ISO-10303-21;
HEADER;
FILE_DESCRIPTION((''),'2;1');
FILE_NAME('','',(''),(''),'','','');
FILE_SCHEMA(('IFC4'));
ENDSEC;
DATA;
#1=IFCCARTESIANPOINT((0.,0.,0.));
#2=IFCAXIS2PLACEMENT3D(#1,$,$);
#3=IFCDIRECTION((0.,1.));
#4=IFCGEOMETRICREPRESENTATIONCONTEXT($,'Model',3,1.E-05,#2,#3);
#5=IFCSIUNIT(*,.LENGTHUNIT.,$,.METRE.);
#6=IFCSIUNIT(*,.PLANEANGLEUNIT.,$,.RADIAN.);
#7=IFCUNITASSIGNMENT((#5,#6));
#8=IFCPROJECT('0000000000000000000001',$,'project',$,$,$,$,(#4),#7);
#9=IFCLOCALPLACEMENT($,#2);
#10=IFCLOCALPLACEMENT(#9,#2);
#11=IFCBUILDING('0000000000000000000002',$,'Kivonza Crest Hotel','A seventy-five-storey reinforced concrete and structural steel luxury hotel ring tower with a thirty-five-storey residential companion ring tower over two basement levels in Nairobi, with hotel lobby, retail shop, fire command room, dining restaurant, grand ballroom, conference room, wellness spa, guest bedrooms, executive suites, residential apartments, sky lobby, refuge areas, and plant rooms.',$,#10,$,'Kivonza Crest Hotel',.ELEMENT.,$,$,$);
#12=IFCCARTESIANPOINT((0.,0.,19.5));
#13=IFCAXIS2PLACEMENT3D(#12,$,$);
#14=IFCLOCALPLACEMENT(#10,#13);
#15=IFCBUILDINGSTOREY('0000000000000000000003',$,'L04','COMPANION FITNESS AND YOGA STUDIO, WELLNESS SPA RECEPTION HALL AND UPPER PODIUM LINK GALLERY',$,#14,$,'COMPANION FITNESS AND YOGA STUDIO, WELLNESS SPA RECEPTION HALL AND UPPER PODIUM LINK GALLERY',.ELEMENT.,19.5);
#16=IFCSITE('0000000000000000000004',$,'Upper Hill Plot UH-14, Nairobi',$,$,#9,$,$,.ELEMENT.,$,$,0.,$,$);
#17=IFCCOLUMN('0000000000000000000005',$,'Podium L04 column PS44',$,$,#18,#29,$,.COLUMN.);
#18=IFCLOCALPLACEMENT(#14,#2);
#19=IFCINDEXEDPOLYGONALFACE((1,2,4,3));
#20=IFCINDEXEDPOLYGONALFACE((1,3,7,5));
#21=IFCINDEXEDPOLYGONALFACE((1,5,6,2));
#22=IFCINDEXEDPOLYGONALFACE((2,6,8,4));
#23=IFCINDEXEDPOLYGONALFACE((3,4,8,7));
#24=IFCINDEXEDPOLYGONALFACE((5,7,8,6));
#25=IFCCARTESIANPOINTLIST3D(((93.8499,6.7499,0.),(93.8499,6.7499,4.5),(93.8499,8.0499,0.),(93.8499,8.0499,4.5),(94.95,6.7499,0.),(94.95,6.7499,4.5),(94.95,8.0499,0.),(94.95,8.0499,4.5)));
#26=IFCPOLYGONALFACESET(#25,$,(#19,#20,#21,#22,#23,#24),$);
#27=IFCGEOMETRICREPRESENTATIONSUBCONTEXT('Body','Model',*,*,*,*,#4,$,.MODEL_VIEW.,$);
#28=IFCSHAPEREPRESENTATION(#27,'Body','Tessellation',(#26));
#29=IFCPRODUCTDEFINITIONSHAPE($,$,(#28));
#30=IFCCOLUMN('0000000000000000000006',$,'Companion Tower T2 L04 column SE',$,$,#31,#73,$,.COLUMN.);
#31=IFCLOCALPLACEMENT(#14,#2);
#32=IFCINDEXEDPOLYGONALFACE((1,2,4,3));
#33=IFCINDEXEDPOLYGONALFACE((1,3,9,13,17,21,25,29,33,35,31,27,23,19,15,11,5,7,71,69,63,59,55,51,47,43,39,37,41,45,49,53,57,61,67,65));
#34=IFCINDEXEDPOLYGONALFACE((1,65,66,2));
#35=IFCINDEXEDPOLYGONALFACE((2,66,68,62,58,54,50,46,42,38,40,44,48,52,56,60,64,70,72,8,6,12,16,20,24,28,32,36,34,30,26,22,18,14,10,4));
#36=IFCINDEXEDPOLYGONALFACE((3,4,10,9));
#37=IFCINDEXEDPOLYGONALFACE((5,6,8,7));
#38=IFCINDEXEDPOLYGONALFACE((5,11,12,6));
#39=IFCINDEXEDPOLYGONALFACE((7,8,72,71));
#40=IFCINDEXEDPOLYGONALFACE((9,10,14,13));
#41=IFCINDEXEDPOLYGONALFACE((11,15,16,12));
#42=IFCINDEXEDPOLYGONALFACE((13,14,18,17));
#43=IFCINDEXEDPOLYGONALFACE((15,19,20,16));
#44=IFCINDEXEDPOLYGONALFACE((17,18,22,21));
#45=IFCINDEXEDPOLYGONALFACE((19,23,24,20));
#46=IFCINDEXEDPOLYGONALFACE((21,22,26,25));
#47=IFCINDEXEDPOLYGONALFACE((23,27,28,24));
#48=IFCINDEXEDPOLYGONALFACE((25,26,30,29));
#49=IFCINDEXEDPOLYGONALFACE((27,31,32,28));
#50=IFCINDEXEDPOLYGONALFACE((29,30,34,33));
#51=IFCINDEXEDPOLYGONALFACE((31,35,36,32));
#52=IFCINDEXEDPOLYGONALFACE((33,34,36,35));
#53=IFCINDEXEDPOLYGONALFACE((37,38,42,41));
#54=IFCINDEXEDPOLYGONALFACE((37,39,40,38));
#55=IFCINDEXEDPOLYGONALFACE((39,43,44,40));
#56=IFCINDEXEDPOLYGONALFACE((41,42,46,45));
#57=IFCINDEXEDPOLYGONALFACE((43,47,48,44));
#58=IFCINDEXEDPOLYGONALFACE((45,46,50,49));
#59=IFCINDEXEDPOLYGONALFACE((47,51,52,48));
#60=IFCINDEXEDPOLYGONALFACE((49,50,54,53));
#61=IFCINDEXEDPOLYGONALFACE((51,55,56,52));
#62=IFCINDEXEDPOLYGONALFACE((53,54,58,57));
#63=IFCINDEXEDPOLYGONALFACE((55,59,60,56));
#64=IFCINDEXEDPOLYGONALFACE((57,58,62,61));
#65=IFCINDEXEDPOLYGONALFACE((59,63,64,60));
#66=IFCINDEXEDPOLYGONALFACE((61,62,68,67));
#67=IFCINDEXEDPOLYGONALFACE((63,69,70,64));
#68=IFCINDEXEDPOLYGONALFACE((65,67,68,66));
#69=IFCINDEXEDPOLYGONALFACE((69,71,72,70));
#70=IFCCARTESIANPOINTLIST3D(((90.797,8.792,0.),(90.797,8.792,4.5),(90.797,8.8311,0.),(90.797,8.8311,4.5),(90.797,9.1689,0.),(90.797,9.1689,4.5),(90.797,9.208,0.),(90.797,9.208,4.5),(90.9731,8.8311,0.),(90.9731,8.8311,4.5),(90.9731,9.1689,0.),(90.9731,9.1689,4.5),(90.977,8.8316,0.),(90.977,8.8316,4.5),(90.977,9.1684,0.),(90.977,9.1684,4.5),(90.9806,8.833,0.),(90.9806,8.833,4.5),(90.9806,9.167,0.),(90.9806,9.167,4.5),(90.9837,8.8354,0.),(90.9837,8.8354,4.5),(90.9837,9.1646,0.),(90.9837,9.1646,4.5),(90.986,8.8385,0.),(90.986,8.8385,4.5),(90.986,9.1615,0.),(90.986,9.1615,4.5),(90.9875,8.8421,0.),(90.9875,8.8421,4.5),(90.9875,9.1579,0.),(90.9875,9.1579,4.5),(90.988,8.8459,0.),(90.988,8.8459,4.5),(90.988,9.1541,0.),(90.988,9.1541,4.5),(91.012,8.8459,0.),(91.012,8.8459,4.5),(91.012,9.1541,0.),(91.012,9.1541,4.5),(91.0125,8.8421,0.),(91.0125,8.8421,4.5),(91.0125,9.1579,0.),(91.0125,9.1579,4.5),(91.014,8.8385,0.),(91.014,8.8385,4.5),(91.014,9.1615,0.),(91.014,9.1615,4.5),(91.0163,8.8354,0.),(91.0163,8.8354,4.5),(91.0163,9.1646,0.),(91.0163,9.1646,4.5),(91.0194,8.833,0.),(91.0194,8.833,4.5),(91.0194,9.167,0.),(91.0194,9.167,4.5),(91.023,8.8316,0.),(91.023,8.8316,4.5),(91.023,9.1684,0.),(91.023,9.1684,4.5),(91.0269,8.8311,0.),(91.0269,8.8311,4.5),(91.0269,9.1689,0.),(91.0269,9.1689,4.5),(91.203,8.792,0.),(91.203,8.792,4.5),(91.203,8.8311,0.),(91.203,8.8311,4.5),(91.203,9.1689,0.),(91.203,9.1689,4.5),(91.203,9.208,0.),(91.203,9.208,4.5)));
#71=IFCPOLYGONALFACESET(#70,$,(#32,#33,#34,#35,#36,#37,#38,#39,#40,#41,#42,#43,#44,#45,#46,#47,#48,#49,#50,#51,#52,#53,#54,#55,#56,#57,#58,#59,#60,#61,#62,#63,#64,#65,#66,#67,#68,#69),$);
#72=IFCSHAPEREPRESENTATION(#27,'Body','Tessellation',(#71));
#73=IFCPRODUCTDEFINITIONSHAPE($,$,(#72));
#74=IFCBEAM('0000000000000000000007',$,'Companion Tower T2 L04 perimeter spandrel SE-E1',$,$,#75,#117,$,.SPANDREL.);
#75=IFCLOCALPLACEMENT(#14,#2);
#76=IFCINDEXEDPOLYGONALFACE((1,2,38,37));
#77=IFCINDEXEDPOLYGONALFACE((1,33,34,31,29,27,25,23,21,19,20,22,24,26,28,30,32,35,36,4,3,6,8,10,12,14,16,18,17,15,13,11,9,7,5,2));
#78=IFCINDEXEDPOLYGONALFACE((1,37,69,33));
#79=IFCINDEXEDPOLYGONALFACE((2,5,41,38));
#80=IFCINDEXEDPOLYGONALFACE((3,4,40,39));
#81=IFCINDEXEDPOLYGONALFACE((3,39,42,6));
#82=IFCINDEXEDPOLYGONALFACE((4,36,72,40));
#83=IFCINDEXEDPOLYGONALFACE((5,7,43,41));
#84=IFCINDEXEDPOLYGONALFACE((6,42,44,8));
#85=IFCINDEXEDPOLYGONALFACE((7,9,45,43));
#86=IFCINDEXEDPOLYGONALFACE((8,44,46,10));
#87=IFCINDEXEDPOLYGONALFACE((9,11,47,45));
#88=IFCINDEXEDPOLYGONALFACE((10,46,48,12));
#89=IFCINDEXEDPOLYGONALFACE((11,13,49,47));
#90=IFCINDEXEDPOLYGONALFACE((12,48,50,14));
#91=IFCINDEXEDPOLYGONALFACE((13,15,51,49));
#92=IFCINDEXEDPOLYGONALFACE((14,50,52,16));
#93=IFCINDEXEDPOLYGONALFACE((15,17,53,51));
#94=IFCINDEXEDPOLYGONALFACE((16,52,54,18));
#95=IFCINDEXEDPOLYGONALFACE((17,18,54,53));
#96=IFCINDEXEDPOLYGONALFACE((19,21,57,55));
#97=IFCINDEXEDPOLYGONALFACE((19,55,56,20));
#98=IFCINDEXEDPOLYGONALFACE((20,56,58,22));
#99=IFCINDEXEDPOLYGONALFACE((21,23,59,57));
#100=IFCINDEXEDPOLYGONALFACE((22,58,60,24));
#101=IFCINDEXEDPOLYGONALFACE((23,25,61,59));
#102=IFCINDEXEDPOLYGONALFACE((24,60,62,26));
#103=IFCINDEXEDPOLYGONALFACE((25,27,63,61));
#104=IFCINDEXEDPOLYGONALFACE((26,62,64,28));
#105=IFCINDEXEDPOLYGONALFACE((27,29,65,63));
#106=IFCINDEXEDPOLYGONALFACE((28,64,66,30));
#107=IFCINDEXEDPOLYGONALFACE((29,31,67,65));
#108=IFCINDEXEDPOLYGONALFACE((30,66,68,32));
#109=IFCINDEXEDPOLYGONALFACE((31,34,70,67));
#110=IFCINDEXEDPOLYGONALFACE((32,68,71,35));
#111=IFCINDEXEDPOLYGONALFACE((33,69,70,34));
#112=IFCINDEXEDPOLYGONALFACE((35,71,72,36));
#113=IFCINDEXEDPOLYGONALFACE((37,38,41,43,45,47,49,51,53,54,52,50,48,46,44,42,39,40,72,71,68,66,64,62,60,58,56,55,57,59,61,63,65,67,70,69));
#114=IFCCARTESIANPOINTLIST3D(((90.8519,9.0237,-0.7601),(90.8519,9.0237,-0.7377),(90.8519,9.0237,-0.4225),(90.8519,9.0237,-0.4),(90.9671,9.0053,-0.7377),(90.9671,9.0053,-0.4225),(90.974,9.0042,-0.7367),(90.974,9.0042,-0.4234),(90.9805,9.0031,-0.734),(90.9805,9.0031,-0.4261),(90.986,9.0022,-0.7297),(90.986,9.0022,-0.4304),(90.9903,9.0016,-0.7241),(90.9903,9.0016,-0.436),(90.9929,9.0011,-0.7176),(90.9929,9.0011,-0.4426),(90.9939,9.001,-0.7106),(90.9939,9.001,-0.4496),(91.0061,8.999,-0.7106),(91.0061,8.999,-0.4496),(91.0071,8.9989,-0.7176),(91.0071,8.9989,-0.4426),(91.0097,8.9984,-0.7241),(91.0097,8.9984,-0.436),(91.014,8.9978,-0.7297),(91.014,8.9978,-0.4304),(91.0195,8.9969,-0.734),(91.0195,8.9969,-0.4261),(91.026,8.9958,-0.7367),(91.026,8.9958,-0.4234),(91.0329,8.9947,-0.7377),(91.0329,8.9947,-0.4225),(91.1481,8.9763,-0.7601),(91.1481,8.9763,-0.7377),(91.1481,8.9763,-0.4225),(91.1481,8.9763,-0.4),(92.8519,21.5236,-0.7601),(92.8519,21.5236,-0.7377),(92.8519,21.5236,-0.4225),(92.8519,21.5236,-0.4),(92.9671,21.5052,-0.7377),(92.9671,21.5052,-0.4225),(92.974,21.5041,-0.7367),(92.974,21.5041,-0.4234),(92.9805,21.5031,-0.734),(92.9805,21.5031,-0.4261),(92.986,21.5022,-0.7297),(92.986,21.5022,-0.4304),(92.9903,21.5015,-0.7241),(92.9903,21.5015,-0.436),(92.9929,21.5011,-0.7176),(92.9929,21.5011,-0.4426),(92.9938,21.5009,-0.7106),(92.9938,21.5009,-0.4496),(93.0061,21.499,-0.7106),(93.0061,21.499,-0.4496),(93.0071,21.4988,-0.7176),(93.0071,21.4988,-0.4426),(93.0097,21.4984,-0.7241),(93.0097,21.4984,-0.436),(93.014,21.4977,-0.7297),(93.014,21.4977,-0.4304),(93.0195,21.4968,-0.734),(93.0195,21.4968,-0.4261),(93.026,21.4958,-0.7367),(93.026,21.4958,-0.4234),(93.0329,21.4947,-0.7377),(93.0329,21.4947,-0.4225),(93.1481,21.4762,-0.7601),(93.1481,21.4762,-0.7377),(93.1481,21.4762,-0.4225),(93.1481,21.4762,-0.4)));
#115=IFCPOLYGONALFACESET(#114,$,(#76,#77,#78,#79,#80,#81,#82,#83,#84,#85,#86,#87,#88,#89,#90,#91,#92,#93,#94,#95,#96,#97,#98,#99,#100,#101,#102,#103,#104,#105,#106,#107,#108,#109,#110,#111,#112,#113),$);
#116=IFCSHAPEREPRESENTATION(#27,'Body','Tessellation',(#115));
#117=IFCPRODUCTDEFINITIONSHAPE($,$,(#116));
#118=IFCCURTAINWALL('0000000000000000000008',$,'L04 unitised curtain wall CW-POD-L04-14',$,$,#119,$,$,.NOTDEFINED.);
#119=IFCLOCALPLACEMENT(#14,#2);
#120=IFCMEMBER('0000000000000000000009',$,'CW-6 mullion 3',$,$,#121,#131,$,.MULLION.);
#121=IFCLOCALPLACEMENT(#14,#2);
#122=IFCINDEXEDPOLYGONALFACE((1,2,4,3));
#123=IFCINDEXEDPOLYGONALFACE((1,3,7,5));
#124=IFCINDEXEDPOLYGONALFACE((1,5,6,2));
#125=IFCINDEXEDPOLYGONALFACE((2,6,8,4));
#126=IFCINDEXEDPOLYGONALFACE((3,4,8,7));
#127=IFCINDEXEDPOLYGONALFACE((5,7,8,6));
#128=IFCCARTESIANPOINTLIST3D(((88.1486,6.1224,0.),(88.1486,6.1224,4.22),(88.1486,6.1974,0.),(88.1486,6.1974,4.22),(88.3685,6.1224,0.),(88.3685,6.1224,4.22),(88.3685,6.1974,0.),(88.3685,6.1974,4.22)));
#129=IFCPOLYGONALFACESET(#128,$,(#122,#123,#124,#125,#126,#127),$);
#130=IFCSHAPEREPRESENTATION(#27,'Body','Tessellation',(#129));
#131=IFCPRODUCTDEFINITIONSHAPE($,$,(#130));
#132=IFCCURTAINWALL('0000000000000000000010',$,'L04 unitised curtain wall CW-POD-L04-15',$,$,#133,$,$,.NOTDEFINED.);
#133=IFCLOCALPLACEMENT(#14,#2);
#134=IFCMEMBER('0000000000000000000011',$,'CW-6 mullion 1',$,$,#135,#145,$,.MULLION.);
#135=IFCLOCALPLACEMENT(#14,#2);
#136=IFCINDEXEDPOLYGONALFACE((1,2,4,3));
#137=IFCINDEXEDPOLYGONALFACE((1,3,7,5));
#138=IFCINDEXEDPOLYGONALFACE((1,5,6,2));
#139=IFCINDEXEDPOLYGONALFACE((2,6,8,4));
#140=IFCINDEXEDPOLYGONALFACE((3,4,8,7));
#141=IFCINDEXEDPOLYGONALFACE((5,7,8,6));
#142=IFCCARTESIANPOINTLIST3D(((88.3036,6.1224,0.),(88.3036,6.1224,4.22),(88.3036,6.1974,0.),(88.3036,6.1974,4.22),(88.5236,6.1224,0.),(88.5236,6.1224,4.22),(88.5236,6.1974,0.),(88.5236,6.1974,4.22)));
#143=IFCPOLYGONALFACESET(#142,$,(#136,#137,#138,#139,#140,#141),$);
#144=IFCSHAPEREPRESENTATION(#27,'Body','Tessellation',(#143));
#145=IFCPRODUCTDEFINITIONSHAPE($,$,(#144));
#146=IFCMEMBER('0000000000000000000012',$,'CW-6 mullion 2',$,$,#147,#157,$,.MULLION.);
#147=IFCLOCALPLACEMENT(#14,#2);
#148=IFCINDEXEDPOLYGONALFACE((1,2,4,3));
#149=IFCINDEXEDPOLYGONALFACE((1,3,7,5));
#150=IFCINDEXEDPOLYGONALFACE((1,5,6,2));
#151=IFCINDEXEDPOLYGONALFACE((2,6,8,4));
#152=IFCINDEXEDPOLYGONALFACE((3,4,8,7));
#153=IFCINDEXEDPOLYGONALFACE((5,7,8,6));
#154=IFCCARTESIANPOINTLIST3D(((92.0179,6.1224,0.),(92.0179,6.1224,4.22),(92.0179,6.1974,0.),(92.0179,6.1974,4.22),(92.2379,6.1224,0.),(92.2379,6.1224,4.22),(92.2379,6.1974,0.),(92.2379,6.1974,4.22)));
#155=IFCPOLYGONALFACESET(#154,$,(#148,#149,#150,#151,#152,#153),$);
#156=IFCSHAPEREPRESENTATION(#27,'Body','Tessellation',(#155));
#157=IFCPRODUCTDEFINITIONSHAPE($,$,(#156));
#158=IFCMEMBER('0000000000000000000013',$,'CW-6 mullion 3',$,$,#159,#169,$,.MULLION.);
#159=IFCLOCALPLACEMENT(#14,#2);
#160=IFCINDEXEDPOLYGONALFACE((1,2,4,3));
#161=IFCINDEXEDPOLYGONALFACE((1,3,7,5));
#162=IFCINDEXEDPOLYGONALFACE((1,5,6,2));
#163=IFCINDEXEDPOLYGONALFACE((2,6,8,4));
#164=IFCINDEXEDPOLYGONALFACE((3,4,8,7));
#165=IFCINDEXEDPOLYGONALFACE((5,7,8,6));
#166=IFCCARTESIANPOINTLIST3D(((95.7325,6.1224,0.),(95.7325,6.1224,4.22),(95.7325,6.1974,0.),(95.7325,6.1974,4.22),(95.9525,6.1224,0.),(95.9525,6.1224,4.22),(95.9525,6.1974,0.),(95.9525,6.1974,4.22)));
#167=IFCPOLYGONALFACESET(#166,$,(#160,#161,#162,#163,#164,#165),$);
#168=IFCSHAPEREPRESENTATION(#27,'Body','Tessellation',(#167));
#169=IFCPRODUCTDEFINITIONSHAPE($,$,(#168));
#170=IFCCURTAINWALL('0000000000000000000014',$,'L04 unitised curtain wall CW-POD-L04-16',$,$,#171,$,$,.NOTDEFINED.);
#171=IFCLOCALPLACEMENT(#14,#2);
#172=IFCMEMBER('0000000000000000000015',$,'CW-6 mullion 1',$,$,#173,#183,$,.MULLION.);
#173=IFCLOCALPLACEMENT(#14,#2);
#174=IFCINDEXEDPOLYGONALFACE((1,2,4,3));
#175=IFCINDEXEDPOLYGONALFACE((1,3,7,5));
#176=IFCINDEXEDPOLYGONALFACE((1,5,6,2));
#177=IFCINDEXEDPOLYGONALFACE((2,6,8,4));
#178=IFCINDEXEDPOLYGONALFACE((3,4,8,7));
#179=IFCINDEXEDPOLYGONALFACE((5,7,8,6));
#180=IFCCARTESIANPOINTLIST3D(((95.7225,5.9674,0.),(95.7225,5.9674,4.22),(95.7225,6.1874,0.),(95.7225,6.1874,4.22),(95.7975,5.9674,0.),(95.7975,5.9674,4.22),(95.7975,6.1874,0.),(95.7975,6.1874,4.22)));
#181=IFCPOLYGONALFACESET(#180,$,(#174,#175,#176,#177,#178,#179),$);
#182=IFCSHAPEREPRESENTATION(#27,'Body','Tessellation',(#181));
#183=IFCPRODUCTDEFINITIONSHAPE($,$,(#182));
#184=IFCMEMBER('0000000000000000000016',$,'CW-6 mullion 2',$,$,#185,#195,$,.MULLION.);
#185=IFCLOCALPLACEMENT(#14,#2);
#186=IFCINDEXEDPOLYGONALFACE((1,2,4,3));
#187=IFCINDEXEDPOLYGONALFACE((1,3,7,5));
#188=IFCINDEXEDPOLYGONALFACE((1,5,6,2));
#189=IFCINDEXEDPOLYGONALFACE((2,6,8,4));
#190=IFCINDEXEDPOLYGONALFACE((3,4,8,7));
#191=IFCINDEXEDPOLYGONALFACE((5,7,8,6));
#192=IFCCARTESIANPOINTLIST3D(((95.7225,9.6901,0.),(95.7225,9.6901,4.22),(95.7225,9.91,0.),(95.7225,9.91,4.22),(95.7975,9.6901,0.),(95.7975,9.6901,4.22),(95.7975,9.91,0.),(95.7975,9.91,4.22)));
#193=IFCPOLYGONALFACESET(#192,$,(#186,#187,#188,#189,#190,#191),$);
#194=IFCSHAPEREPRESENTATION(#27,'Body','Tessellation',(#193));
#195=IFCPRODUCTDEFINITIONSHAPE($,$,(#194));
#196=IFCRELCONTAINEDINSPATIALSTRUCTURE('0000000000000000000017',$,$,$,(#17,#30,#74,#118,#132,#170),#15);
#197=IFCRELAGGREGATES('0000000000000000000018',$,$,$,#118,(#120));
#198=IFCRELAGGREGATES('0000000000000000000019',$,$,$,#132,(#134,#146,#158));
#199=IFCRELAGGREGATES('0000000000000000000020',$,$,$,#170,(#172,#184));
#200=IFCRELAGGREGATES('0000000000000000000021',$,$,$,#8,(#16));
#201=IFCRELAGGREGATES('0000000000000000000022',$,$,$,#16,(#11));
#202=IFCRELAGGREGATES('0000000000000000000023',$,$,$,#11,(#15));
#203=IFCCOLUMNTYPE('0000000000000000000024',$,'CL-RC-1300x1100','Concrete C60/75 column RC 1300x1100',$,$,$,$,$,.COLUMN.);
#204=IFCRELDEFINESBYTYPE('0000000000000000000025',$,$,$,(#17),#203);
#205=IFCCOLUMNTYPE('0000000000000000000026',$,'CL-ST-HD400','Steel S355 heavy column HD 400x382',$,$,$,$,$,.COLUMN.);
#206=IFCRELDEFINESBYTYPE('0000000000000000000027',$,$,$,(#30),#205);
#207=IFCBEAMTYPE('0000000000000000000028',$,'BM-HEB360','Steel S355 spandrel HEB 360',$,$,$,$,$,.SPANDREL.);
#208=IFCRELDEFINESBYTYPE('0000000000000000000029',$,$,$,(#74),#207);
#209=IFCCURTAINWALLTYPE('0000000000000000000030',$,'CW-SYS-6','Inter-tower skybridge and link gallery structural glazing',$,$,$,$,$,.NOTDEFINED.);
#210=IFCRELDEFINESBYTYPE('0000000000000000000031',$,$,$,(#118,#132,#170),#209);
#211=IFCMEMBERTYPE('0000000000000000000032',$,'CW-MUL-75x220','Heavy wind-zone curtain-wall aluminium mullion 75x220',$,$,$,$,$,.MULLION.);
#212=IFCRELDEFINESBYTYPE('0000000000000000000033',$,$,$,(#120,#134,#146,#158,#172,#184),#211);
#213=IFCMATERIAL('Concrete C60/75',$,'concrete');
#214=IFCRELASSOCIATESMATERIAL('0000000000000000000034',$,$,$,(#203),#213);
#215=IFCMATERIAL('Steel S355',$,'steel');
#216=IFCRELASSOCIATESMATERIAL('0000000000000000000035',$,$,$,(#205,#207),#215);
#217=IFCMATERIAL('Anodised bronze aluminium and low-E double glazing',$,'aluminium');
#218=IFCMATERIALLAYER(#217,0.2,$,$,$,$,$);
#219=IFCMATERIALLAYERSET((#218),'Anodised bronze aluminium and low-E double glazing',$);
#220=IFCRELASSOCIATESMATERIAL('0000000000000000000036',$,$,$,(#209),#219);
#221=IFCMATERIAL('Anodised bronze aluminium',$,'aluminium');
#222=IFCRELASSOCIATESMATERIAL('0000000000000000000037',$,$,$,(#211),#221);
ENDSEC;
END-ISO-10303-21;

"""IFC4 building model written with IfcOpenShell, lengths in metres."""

from ifc_helpers import new_model, si_unit, direction, frame, origin, origin_2d, place, context, subcontext, project, spatial, rectangle, i_section, extrude, material, layer, layer_set, material_profile, profile_set, type_object, element, aggregate, save


model = new_model("IFC4")

# Units and contexts
model_context = context("Model", 3, precision=1e-05, world=origin(), true_north=direction((0.0, 1.0)))
body_context = subcontext(model_context, "Body", "Model", "MODEL_VIEW")
ifc_project = project(units=[si_unit("LENGTHUNIT", "METRE"), si_unit("PLANEANGLEUNIT", "RADIAN")], contexts=[model_context])

# Site, building, storey
site_placement = place(None, origin())
site = spatial("IfcSite", under=ifc_project, at=site_placement, Name="Upper Hill Plot UH-14, Nairobi", CompositionType="ELEMENT", RefElevation=0.0)
building_placement = place(site_placement, origin())
building = spatial("IfcBuilding", under=site, at=building_placement, Name="Kivonza Crest Hotel", Description="A seventy-five-storey reinforced concrete and structural steel luxury hotel ring tower with a thirty-five-storey residential companion ring tower over two basement levels in Nairobi, with hotel lobby, retail shop, fire command room, dining restaurant, grand ballroom, conference room, wellness spa, guest bedrooms, executive suites, residential apartments, sky lobby, refuge areas, and plant rooms.", LongName="Kivonza Crest Hotel", CompositionType="ELEMENT")
storey_placement = place(building_placement, frame((0.0, 0.0, 19.5)))
storey = spatial("IfcBuildingStorey", under=building, at=storey_placement, Name="L04", Description="COMPANION FITNESS AND YOGA STUDIO, WELLNESS SPA RECEPTION HALL AND UPPER PODIUM LINK GALLERY", LongName="COMPANION FITNESS AND YOGA STUDIO, WELLNESS SPA RECEPTION HALL AND UPPER PODIUM LINK GALLERY", CompositionType="ELEMENT", Elevation=19.5)

# Columns
ifc_material_1 = material(Name="Concrete C60/75", Category="concrete")
ifc_material_profile_1 = material_profile(ifc_material_1, rectangle(XDim=1.1001, YDim=1.3, at=origin_2d()), Name="RC 1300x1100")
ifc_profile_set_1 = profile_set([ifc_material_profile_1], Name="Concrete C60/75")
column_type_1 = type_object("IfcColumnType", Name="CL-RC-1300x1100", Description="Concrete C60/75 column RC 1300x1100", PredefinedType="COLUMN", material=ifc_profile_set_1)
column_1_placement = place(storey_placement, frame((94.3999, 7.3999, 0.0), z_axis=(0.0, 0.0, 1.0), x_axis=(1.0, 0.0, 0.0)))
element("IfcColumn", 1, at=column_1_placement, inside=storey, type_object=column_type_1, Name="Podium L04 column PS44", PredefinedType="COLUMN", context=body_context, shape_type="SweptSolid", body=[
    extrude(rectangle(XDim=1.1001, YDim=1.3, at=origin_2d()), origin(), (0.0, 0.0, 1.0), 4.5),
])
ifc_material_2 = material(Name="Steel S355", Category="steel")
ifc_material_profile_2 = material_profile(ifc_material_2, i_section(OverallWidth=0.406, OverallDepth=0.416, WebThickness=0.0239, FlangeThickness=0.0391, FilletRadius=0.0149, at=origin_2d()), Name="HD 400x382")
ifc_profile_set_2 = profile_set([ifc_material_profile_2], Name="Steel S355")
column_type_2 = type_object("IfcColumnType", Name="CL-ST-HD400", Description="Steel S355 heavy column HD 400x382", PredefinedType="COLUMN", material=ifc_profile_set_2)
column_2_placement = place(storey_placement, frame((91.0, 9.0, 0.0), z_axis=(0.0, 0.0, 1.0), x_axis=(1.0, 0.0, 0.0)))
element("IfcColumn", 2, at=column_2_placement, inside=storey, type_object=column_type_2, Name="Companion Tower T2 L04 column SE", PredefinedType="COLUMN", context=body_context, shape_type="SweptSolid", body=[
    extrude(i_section(OverallWidth=0.406, OverallDepth=0.416, WebThickness=0.0239, FlangeThickness=0.0391, FilletRadius=0.0149, at=origin_2d()), origin(), (0.0, 0.0, 1.0), 4.5),
])

# Beam
ifc_material_profile_3 = material_profile(ifc_material_2, i_section(OverallWidth=0.3, OverallDepth=0.3601, WebThickness=0.0125, FlangeThickness=0.0225, FilletRadius=0.0271, at=origin_2d()), Name="HEB 360")
ifc_profile_set_3 = profile_set([ifc_material_profile_3], Name="Steel S355")
beam_type = type_object("IfcBeamType", Name="BM-HEB360", Description="Steel S355 spandrel HEB 360", PredefinedType="SPANDREL", material=ifc_profile_set_3)
beam_placement = place(storey_placement, frame((91.0, 9.0, -0.5801), z_axis=(0.157991, 0.987441, 0.0), x_axis=(-0.987441, 0.157991, 0.0)))
element("IfcBeam", 3, at=beam_placement, inside=storey, type_object=beam_type, Name="Companion Tower T2 L04 perimeter spandrel SE-E1", PredefinedType="SPANDREL", context=body_context, shape_type="SweptSolid", body=[
    extrude(i_section(OverallWidth=0.3, OverallDepth=0.3601, WebThickness=0.0125, FlangeThickness=0.0225, FilletRadius=0.0271, at=origin_2d()), origin(), (0.0, 0.0, 1.0), 12.6589),
])

# Curtain wall, member
ifc_material_3 = material(Name="Anodised bronze aluminium and low-E double glazing", Category="aluminium")
ifc_layer_1 = layer(ifc_material_3, 0.2)
ifc_layer_set_1 = layer_set([ifc_layer_1], Name="Anodised bronze aluminium and low-E double glazing")
curtain_wall_type = type_object("IfcCurtainWallType", Name="CW-SYS-6", Description="Inter-tower skybridge and link gallery structural glazing", PredefinedType="NOTDEFINED", material=ifc_layer_set_1)
curtain_wall_1_placement = place(storey_placement, origin())
curtain_wall_1 = element("IfcCurtainWall", 4, at=curtain_wall_1_placement, inside=storey, type_object=curtain_wall_type, Name="L04 unitised curtain wall CW-POD-L04-14", PredefinedType="NOTDEFINED")
ifc_material_4 = material(Name="Anodised bronze aluminium", Category="aluminium")
ifc_material_profile_4 = material_profile(ifc_material_4, rectangle(XDim=0.075, YDim=0.22, at=origin_2d()), Name="CW-M 75x220")
ifc_profile_set_4 = profile_set([ifc_material_profile_4], Name="Anodised bronze aluminium")
member_type_1 = type_object("IfcMemberType", Name="CW-MUL-75x220", Description="Heavy wind-zone curtain-wall aluminium mullion 75x220", PredefinedType="MULLION", material=ifc_profile_set_4)
member_1_placement = place(storey_placement, frame((88.2585, 6.1599, 0.0), z_axis=(0.0, 0.0, 1.0), x_axis=(0.0, 1.0, 0.0)))
member_1 = element("IfcMember", 5, at=member_1_placement, type_object=member_type_1, Name="CW-6 mullion 3", PredefinedType="MULLION", context=body_context, shape_type="SweptSolid", body=[
    extrude(rectangle(XDim=0.075, YDim=0.22, at=origin_2d()), origin(), (0.0, 0.0, 1.0), 4.22),
])
aggregate(curtain_wall_1, [member_1])

# Curtain walls, members
curtain_wall_2_placement = place(storey_placement, origin())
curtain_wall_2 = element("IfcCurtainWall", 6, at=curtain_wall_2_placement, inside=storey, type_object=curtain_wall_type, Name="L04 unitised curtain wall CW-POD-L04-15", PredefinedType="NOTDEFINED")
member_2_placement = place(storey_placement, frame((88.4136, 6.1599, 0.0), z_axis=(0.0, 0.0, 1.0), x_axis=(0.0, 1.0, 0.0)))
member_2 = element("IfcMember", 7, at=member_2_placement, type_object=member_type_1, Name="CW-6 mullion 1", PredefinedType="MULLION", context=body_context, shape_type="SweptSolid", body=[
    extrude(rectangle(XDim=0.075, YDim=0.22, at=origin_2d()), origin(), (0.0, 0.0, 1.0), 4.22),
])
member_3_placement = place(storey_placement, frame((92.1279, 6.1599, 0.0), z_axis=(0.0, 0.0, 1.0), x_axis=(0.0, 1.0, 0.0)))
member_3 = element("IfcMember", 8, at=member_3_placement, type_object=member_type_1, Name="CW-6 mullion 2", PredefinedType="MULLION", context=body_context, shape_type="SweptSolid", body=[
    extrude(rectangle(XDim=0.075, YDim=0.22, at=origin_2d()), origin(), (0.0, 0.0, 1.0), 4.22),
])
member_4_placement = place(storey_placement, frame((95.8425, 6.1599, 0.0), z_axis=(0.0, 0.0, 1.0), x_axis=(0.0, 1.0, 0.0)))
member_4 = element("IfcMember", 9, at=member_4_placement, type_object=member_type_1, Name="CW-6 mullion 3", PredefinedType="MULLION", context=body_context, shape_type="SweptSolid", body=[
    extrude(rectangle(XDim=0.075, YDim=0.22, at=origin_2d()), origin(), (0.0, 0.0, 1.0), 4.22),
])
curtain_wall_3_placement = place(storey_placement, origin())
curtain_wall_3 = element("IfcCurtainWall", 10, at=curtain_wall_3_placement, inside=storey, type_object=curtain_wall_type, Name="L04 unitised curtain wall CW-POD-L04-16", PredefinedType="NOTDEFINED")
member_5_placement = place(storey_placement, frame((95.76, 6.0774, 0.0), z_axis=(0.0, 0.0, 1.0), x_axis=(-1.0, 0.0, 0.0)))
member_5 = element("IfcMember", 11, at=member_5_placement, type_object=member_type_1, Name="CW-6 mullion 1", PredefinedType="MULLION", context=body_context, shape_type="SweptSolid", body=[
    extrude(rectangle(XDim=0.075, YDim=0.22, at=origin_2d()), origin(), (0.0, 0.0, 1.0), 4.22),
])
member_6_placement = place(storey_placement, frame((95.76, 9.8, 0.0), z_axis=(0.0, 0.0, 1.0), x_axis=(-1.0, 0.0, 0.0)))
member_6 = element("IfcMember", 12, at=member_6_placement, type_object=member_type_1, Name="CW-6 mullion 2", PredefinedType="MULLION", context=body_context, shape_type="SweptSolid", body=[
    extrude(rectangle(XDim=0.075, YDim=0.22, at=origin_2d()), origin(), (0.0, 0.0, 1.0), 4.22),
])

aggregate(curtain_wall_2, [member_2, member_3, member_4])
aggregate(curtain_wall_3, [member_5, member_6])

save(model, "model.ifc")
